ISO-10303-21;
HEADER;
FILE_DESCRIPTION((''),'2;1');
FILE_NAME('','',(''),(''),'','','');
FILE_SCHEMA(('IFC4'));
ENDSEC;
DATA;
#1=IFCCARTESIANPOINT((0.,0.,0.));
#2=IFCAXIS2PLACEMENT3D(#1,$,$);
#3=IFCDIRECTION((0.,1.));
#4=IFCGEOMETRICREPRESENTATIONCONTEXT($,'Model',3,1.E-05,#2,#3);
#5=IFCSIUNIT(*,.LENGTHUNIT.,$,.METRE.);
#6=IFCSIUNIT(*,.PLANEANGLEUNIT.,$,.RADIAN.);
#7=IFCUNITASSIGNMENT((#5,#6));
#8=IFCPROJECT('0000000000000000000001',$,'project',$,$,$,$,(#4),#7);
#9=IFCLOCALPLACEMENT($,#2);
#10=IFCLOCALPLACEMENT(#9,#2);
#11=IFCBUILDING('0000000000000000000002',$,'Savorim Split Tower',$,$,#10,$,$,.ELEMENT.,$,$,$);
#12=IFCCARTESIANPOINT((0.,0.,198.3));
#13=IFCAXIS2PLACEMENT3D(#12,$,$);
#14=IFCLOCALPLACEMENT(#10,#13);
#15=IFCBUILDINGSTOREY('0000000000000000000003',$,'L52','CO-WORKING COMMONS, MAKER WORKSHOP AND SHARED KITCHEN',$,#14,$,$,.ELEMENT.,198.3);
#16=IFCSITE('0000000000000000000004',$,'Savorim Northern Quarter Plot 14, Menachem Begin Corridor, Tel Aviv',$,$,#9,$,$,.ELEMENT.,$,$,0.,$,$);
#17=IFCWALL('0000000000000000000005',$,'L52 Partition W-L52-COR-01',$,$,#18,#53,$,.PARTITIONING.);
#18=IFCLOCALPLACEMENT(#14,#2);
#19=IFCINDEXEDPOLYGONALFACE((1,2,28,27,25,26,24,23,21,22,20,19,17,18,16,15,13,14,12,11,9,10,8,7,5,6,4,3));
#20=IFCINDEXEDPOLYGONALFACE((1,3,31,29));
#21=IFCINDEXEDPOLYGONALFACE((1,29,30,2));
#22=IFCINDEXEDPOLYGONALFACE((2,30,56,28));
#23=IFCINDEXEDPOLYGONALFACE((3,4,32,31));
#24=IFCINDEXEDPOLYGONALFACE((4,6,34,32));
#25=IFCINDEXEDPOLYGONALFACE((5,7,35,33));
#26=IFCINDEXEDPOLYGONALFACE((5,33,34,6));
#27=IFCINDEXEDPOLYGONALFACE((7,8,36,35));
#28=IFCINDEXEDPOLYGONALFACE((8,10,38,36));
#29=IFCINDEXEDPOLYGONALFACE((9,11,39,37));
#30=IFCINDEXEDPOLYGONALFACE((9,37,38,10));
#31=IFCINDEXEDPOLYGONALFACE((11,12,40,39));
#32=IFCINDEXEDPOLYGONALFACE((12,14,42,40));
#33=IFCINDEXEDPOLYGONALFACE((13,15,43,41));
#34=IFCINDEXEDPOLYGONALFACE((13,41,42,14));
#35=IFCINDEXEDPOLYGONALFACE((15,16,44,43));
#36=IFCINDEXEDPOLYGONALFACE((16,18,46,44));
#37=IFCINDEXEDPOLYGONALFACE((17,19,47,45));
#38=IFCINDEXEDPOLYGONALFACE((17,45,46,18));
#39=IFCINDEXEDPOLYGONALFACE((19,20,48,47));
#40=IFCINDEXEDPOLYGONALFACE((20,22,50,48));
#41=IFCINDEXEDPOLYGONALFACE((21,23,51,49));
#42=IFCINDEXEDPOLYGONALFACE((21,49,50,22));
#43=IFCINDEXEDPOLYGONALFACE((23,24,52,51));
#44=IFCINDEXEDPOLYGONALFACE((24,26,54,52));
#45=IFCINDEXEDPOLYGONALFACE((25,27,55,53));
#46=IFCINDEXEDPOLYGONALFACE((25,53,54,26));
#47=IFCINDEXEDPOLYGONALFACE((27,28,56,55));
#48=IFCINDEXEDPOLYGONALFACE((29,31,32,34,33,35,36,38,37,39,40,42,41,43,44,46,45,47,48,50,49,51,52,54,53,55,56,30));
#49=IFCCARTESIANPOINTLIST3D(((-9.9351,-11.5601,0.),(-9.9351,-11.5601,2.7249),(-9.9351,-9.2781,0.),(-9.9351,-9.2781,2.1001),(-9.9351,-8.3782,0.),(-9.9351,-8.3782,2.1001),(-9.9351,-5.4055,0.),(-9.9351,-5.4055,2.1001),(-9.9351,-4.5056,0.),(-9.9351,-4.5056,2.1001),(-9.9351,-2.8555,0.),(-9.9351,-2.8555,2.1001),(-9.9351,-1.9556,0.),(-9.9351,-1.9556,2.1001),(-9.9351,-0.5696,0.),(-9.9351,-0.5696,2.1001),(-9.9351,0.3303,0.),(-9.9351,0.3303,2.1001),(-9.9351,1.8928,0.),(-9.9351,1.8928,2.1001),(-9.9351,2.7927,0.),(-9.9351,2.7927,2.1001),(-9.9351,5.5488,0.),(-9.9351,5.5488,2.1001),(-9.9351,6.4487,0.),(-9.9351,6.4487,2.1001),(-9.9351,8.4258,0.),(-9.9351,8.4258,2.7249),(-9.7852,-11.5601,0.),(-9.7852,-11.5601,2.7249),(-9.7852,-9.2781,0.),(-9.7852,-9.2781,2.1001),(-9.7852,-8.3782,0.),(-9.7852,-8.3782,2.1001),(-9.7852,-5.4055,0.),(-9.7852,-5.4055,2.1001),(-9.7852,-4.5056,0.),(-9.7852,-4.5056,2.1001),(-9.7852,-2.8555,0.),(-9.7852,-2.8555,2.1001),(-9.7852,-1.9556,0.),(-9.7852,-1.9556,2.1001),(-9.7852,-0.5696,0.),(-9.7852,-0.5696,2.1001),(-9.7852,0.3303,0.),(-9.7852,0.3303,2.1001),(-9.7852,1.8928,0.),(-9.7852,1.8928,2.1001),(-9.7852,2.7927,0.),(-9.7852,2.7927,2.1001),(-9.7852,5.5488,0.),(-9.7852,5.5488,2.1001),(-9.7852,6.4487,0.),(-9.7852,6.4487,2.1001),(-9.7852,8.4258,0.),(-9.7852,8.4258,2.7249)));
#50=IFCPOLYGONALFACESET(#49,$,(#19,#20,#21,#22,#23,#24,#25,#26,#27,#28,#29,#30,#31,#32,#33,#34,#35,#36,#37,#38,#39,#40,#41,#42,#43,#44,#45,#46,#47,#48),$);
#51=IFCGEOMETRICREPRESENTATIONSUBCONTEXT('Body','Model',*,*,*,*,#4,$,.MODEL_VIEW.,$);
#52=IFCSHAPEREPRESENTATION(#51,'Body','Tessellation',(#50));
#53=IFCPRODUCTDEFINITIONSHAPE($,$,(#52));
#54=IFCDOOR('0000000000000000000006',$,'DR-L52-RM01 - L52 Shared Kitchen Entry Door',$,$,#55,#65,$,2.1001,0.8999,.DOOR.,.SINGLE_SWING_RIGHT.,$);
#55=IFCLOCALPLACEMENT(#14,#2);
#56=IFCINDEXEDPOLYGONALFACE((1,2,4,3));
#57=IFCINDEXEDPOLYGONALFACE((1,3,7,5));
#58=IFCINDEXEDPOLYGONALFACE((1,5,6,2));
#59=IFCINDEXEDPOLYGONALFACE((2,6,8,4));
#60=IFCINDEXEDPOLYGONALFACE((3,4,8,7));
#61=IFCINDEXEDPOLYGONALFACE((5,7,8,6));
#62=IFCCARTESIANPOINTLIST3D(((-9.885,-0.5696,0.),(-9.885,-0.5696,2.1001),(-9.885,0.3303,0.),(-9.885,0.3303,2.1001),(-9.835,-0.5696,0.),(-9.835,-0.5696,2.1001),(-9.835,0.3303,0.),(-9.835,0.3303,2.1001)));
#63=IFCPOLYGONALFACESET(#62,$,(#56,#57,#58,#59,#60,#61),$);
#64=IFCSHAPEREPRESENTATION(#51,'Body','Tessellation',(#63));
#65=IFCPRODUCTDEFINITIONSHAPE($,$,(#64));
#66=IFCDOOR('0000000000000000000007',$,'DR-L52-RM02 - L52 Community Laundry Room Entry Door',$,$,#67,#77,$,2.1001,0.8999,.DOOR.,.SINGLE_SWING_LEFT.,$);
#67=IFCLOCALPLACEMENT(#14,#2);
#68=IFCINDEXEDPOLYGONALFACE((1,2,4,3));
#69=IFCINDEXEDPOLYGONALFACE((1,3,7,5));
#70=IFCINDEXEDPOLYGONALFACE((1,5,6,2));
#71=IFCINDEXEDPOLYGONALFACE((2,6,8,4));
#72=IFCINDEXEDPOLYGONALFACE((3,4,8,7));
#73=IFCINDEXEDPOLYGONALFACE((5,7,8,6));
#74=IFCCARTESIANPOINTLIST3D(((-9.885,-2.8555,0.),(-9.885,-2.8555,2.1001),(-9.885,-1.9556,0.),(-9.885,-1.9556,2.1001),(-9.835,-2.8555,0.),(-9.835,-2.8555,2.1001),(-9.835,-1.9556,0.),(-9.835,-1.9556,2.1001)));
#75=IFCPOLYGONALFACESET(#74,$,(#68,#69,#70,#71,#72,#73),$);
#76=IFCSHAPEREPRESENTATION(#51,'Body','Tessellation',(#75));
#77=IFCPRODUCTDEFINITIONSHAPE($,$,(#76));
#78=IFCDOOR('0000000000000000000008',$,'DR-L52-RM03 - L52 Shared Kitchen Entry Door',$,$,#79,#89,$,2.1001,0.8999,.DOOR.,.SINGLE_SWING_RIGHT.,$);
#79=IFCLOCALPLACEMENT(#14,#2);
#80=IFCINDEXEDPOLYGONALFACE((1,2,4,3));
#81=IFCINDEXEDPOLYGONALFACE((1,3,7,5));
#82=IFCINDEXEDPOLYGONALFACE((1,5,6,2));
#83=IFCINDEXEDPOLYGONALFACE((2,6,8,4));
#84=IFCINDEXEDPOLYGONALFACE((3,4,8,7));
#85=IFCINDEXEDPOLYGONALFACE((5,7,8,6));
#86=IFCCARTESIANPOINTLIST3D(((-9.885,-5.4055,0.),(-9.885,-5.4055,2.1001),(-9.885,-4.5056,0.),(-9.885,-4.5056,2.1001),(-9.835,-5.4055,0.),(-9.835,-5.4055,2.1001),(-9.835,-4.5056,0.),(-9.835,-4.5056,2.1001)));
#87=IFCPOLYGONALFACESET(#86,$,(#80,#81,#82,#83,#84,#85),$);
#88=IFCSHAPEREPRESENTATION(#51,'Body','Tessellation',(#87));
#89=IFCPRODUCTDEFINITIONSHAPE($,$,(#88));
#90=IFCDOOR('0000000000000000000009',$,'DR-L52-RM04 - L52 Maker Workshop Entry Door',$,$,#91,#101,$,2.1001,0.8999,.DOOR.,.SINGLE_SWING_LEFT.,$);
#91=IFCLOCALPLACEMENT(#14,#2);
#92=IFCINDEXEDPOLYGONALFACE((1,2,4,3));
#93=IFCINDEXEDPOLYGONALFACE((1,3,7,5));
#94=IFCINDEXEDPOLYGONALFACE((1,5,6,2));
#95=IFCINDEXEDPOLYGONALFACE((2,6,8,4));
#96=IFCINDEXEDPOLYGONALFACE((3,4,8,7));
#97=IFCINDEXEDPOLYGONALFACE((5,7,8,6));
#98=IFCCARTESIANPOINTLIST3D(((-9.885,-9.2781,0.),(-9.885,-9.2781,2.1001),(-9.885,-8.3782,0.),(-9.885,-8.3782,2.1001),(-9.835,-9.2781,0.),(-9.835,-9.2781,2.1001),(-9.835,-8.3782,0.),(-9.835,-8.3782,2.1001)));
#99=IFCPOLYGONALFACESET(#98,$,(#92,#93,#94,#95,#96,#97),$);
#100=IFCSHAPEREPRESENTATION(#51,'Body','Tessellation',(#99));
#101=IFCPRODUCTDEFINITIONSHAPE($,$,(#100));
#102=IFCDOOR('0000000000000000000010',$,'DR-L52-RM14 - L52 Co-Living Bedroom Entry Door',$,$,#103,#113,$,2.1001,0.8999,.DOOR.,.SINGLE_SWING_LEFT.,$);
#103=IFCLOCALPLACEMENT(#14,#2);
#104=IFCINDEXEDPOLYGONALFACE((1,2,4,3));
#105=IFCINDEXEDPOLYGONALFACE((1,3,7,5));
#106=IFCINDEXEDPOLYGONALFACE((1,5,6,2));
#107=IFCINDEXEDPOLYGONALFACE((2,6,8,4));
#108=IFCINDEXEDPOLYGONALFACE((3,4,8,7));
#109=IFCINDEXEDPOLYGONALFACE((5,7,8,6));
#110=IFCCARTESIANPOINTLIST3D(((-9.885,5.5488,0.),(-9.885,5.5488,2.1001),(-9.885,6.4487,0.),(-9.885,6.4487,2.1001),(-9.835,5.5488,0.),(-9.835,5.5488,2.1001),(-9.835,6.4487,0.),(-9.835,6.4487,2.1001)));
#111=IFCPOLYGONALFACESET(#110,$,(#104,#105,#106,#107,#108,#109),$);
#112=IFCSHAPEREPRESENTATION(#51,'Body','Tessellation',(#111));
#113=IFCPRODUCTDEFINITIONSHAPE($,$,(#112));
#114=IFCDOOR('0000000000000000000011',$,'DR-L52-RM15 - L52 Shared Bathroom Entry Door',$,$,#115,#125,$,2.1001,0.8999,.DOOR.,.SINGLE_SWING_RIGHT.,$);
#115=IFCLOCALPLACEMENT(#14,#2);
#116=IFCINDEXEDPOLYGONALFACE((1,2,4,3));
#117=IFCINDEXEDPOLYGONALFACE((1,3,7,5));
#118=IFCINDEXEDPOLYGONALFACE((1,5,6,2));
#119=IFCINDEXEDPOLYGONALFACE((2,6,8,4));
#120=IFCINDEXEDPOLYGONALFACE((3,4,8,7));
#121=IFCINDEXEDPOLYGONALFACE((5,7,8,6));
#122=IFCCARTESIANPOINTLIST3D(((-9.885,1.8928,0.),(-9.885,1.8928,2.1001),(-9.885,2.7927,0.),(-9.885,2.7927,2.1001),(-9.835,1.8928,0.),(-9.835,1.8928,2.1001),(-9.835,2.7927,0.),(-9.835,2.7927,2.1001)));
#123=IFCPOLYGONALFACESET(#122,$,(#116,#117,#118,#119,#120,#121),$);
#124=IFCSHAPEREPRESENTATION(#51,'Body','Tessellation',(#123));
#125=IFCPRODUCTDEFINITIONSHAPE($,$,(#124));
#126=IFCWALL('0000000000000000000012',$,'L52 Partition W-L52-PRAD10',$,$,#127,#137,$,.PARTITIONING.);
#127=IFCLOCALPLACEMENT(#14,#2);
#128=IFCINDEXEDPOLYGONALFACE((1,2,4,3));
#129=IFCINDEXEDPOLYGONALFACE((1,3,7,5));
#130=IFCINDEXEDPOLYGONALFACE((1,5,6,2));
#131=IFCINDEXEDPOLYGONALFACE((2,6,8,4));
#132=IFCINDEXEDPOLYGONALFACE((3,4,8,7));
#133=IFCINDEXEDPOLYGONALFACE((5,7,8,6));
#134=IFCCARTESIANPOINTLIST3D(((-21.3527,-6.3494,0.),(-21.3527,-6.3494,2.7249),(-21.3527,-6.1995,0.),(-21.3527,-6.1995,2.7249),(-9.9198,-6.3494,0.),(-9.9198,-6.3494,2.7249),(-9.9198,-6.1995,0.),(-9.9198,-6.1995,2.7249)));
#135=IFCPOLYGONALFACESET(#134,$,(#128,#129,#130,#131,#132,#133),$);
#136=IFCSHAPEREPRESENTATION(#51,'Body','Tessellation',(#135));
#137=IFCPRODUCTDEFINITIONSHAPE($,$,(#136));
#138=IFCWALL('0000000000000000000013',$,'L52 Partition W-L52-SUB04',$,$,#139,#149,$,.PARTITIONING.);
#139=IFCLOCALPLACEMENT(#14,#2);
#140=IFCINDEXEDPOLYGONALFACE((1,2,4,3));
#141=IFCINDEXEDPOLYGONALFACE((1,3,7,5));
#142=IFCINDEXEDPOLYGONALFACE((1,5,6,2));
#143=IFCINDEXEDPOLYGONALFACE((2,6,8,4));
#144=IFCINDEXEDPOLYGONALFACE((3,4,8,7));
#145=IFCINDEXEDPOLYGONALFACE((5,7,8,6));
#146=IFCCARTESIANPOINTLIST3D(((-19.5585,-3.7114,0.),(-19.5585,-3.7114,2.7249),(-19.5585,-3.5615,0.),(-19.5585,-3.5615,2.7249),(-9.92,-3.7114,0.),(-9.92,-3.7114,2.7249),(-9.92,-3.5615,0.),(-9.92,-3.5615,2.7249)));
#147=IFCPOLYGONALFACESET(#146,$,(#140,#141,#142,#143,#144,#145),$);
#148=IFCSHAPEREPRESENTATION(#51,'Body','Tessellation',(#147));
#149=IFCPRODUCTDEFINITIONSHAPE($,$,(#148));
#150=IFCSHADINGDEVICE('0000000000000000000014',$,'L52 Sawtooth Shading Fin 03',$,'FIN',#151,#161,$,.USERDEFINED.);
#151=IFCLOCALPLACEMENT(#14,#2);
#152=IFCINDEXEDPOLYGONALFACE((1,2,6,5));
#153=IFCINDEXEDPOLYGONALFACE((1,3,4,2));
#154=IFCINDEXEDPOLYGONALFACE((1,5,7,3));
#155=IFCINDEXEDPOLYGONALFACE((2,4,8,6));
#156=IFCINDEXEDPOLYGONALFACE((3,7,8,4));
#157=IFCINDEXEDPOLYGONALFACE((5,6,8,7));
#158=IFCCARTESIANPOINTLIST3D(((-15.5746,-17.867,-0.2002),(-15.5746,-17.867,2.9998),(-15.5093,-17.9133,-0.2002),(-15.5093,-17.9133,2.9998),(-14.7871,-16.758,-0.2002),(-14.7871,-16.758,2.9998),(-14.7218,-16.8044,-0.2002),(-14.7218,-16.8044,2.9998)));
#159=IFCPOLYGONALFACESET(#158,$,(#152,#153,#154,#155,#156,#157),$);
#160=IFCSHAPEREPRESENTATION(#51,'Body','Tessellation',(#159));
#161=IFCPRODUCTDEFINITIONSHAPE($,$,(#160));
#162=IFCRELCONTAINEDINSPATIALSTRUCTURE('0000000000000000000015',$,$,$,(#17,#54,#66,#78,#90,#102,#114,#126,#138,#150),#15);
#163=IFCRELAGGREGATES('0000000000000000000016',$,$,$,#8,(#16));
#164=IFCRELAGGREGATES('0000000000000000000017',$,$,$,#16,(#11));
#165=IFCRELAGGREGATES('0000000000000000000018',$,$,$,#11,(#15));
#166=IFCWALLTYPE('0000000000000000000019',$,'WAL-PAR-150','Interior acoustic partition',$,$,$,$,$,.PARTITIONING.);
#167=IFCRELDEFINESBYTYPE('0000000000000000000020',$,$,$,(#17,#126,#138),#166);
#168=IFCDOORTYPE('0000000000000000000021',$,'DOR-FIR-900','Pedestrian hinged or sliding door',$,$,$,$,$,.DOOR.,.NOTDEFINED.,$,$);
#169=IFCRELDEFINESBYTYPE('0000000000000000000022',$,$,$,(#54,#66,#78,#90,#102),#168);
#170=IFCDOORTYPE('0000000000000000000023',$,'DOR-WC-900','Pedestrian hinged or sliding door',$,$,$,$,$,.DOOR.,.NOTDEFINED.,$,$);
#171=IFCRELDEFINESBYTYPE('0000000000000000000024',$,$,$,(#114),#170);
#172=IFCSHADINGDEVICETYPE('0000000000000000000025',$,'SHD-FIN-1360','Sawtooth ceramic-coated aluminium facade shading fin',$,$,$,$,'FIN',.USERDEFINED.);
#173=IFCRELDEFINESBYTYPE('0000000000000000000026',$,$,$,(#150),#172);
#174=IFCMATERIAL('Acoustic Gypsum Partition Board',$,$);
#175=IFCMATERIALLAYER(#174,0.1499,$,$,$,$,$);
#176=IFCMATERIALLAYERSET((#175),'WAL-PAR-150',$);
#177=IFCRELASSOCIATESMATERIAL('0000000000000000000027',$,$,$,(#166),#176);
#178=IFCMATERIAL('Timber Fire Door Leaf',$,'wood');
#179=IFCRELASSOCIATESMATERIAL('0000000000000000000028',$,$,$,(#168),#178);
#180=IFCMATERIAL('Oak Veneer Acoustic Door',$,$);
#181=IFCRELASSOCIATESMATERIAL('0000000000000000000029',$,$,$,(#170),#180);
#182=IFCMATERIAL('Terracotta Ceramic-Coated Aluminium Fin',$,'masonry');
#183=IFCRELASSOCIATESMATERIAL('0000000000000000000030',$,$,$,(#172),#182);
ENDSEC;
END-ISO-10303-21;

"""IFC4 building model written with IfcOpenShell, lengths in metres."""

from ifc_helpers import new_model, si_unit, direction, frame, frame_2d, origin, origin_2d, place, context, subcontext, project, spatial, rectangle, extrude, material, layer, layer_set, type_object, element, fill, save


model = new_model("IFC4")

# Units and contexts
model_context = context("Model", 3, precision=1e-05, world=origin(), true_north=direction((0.0, 1.0)))
body_context = subcontext(model_context, "Body", "Model", "MODEL_VIEW")
ifc_project = project(units=[si_unit("LENGTHUNIT", "METRE"), si_unit("PLANEANGLEUNIT", "RADIAN")], contexts=[model_context])

# Site, building, storey
site_placement = place(None, origin())
site = spatial("IfcSite", under=ifc_project, at=site_placement, Name="Savorim Northern Quarter Plot 14, Menachem Begin Corridor, Tel Aviv", CompositionType="ELEMENT", RefElevation=0.0)
building_placement = place(site_placement, origin())
building = spatial("IfcBuilding", under=site, at=building_placement, Name="Savorim Split Tower", CompositionType="ELEMENT")
storey_placement = place(building_placement, frame((0.0, 0.0, 198.3)))
storey = spatial("IfcBuildingStorey", under=building, at=storey_placement, Name="L52", Description="CO-WORKING COMMONS, MAKER WORKSHOP AND SHARED KITCHEN", CompositionType="ELEMENT", Elevation=198.3)

# Wall, openings, doors
ifc_material_1 = material(Name="Acoustic Gypsum Partition Board")
ifc_layer_1 = layer(ifc_material_1, 0.1499)
ifc_layer_set_1 = layer_set([ifc_layer_1], Name="WAL-PAR-150")
wall_type = type_object("IfcWallType", Name="WAL-PAR-150", Description="Interior acoustic partition", PredefinedType="PARTITIONING", material=ifc_layer_set_1)
wall_1_placement = place(storey_placement, frame((-9.8601, -11.5601, 0.0), z_axis=(0.0, 0.0, 1.0), x_axis=(0.0, 1.0, 0.0)))
wall_1 = element("IfcWall", 1, at=wall_1_placement, inside=storey, type_object=wall_type, Name="L52 Partition W-L52-COR-01", PredefinedType="PARTITIONING", context=body_context, shape_type="SweptSolid", body=[
    extrude(rectangle(XDim=19.9858, YDim=0.1499, at=frame_2d((9.9929, 0.0))), origin(), (0.0, 0.0, 1.0), 2.7249),
])
opening_1_placement = place(wall_1_placement, frame((10.9905, 0.0, 0.0)))
opening_1 = element("IfcOpeningElement", 2, at=opening_1_placement, cuts=wall_1, PredefinedType="OPENING", context=body_context, shape_type="SweptSolid", body=[
    extrude(rectangle(XDim=0.8999, YDim=2.1001, at=frame_2d((0.45, 1.05))), frame((0.0, 0.085, 0.0), z_axis=(0.0, -1.0, 0.0), x_axis=(1.0, 0.0, 0.0)), (0.0, 0.0, 1.0), 0.1699),
])
opening_2_placement = place(wall_1_placement, frame((8.7046, 0.0, 0.0)))
opening_2 = element("IfcOpeningElement", 3, at=opening_2_placement, cuts=wall_1, PredefinedType="OPENING", context=body_context, shape_type="SweptSolid", body=[
    extrude(rectangle(XDim=0.8999, YDim=2.1001, at=frame_2d((0.45, 1.05))), frame((0.0, 0.085, 0.0), z_axis=(0.0, -1.0, 0.0), x_axis=(1.0, 0.0, 0.0)), (0.0, 0.0, 1.0), 0.1699),
])
opening_3_placement = place(wall_1_placement, frame((6.1545, 0.0, 0.0)))
opening_3 = element("IfcOpeningElement", 4, at=opening_3_placement, cuts=wall_1, PredefinedType="OPENING", context=body_context, shape_type="SweptSolid", body=[
    extrude(rectangle(XDim=0.8999, YDim=2.1001, at=frame_2d((0.45, 1.05))), frame((0.0, 0.085, 0.0), z_axis=(0.0, -1.0, 0.0), x_axis=(1.0, 0.0, 0.0)), (0.0, 0.0, 1.0), 0.1699),
])
opening_4_placement = place(wall_1_placement, frame((2.282, 0.0, 0.0)))
opening_4 = element("IfcOpeningElement", 5, at=opening_4_placement, cuts=wall_1, PredefinedType="OPENING", context=body_context, shape_type="SweptSolid", body=[
    extrude(rectangle(XDim=0.8999, YDim=2.1001, at=frame_2d((0.45, 1.05))), frame((0.0, 0.085, 0.0), z_axis=(0.0, -1.0, 0.0), x_axis=(1.0, 0.0, 0.0)), (0.0, 0.0, 1.0), 0.1699),
])
opening_5_placement = place(wall_1_placement, frame((17.1089, 0.0, 0.0)))
opening_5 = element("IfcOpeningElement", 6, at=opening_5_placement, cuts=wall_1, PredefinedType="OPENING", context=body_context, shape_type="SweptSolid", body=[
    extrude(rectangle(XDim=0.8999, YDim=2.1001, at=frame_2d((0.45, 1.05))), frame((0.0, 0.085, 0.0), z_axis=(0.0, -1.0, 0.0), x_axis=(1.0, 0.0, 0.0)), (0.0, 0.0, 1.0), 0.1699),
])
opening_6_placement = place(wall_1_placement, frame((13.4529, 0.0, 0.0)))
opening_6 = element("IfcOpeningElement", 7, at=opening_6_placement, cuts=wall_1, PredefinedType="OPENING", context=body_context, shape_type="SweptSolid", body=[
    extrude(rectangle(XDim=0.8999, YDim=2.1001, at=frame_2d((0.45, 1.05))), frame((0.0, 0.085, 0.0), z_axis=(0.0, -1.0, 0.0), x_axis=(1.0, 0.0, 0.0)), (0.0, 0.0, 1.0), 0.1699),
])
ifc_material_2 = material(Name="Timber Fire Door Leaf", Category="wood")
door_type_1 = type_object("IfcDoorType", Name="DOR-FIR-900", Description="Pedestrian hinged or sliding door", OperationType="NOTDEFINED", PredefinedType="DOOR", material=ifc_material_2)
door_1_placement = place(opening_1_placement, origin())
door_1 = element("IfcDoor", 8, at=door_1_placement, inside=storey, type_object=door_type_1, Name="DR-L52-RM01 - L52 Shared Kitchen Entry Door", OperationType="SINGLE_SWING_RIGHT", OverallHeight=2.1001, OverallWidth=0.8999, PredefinedType="DOOR", context=body_context, shape_type="SweptSolid", body=[
    extrude(rectangle(XDim=0.8999, YDim=2.1001, at=frame_2d((0.45, 1.05))), frame((0.0, 0.0249, 0.0), z_axis=(0.0, -1.0, 0.0), x_axis=(1.0, 0.0, 0.0)), (0.0, 0.0, 1.0), 0.05),
])
fill(opening_1, door_1)
door_2_placement = place(opening_2_placement, origin())
door_2 = element("IfcDoor", 9, at=door_2_placement, inside=storey, type_object=door_type_1, Name="DR-L52-RM02 - L52 Community Laundry Room Entry Door", OperationType="SINGLE_SWING_LEFT", OverallHeight=2.1001, OverallWidth=0.8999, PredefinedType="DOOR", context=body_context, shape_type="SweptSolid", body=[
    extrude(rectangle(XDim=0.8999, YDim=2.1001, at=frame_2d((0.45, 1.05))), frame((0.0, 0.0249, 0.0), z_axis=(0.0, -1.0, 0.0), x_axis=(1.0, 0.0, 0.0)), (0.0, 0.0, 1.0), 0.05),
])
fill(opening_2, door_2)
door_3_placement = place(opening_3_placement, origin())
door_3 = element("IfcDoor", 10, at=door_3_placement, inside=storey, type_object=door_type_1, Name="DR-L52-RM03 - L52 Shared Kitchen Entry Door", OperationType="SINGLE_SWING_RIGHT", OverallHeight=2.1001, OverallWidth=0.8999, PredefinedType="DOOR", context=body_context, shape_type="SweptSolid", body=[
    extrude(rectangle(XDim=0.8999, YDim=2.1001, at=frame_2d((0.45, 1.05))), frame((0.0, 0.0249, 0.0), z_axis=(0.0, -1.0, 0.0), x_axis=(1.0, 0.0, 0.0)), (0.0, 0.0, 1.0), 0.05),
])
fill(opening_3, door_3)
door_4_placement = place(opening_4_placement, origin())
door_4 = element("IfcDoor", 11, at=door_4_placement, inside=storey, type_object=door_type_1, Name="DR-L52-RM04 - L52 Maker Workshop Entry Door", OperationType="SINGLE_SWING_LEFT", OverallHeight=2.1001, OverallWidth=0.8999, PredefinedType="DOOR", context=body_context, shape_type="SweptSolid", body=[
    extrude(rectangle(XDim=0.8999, YDim=2.1001, at=frame_2d((0.45, 1.05))), frame((0.0, 0.0249, 0.0), z_axis=(0.0, -1.0, 0.0), x_axis=(1.0, 0.0, 0.0)), (0.0, 0.0, 1.0), 0.05),
])
fill(opening_4, door_4)
door_5_placement = place(opening_5_placement, origin())
door_5 = element("IfcDoor", 12, at=door_5_placement, inside=storey, type_object=door_type_1, Name="DR-L52-RM14 - L52 Co-Living Bedroom Entry Door", OperationType="SINGLE_SWING_LEFT", OverallHeight=2.1001, OverallWidth=0.8999, PredefinedType="DOOR", context=body_context, shape_type="SweptSolid", body=[
    extrude(rectangle(XDim=0.8999, YDim=2.1001, at=frame_2d((0.45, 1.05))), frame((0.0, 0.0249, 0.0), z_axis=(0.0, -1.0, 0.0), x_axis=(1.0, 0.0, 0.0)), (0.0, 0.0, 1.0), 0.05),
])
fill(opening_5, door_5)
ifc_material_3 = material(Name="Oak Veneer Acoustic Door")
door_type_2 = type_object("IfcDoorType", Name="DOR-WC-900", Description="Pedestrian hinged or sliding door", OperationType="NOTDEFINED", PredefinedType="DOOR", material=ifc_material_3)
door_6_placement = place(opening_6_placement, origin())
door_6 = element("IfcDoor", 13, at=door_6_placement, inside=storey, type_object=door_type_2, Name="DR-L52-RM15 - L52 Shared Bathroom Entry Door", OperationType="SINGLE_SWING_RIGHT", OverallHeight=2.1001, OverallWidth=0.8999, PredefinedType="DOOR", context=body_context, shape_type="SweptSolid", body=[
    extrude(rectangle(XDim=0.8999, YDim=2.1001, at=frame_2d((0.45, 1.05))), frame((0.0, 0.0249, 0.0), z_axis=(0.0, -1.0, 0.0), x_axis=(1.0, 0.0, 0.0)), (0.0, 0.0, 1.0), 0.05),
])
fill(opening_6, door_6)

# Walls
wall_2_placement = place(storey_placement, frame((-9.9199, -6.2744, 0.0), z_axis=(0.0, 0.0, 1.0), x_axis=(-1.0, 0.0, 0.0)))
element("IfcWall", 14, at=wall_2_placement, inside=storey, type_object=wall_type, Name="L52 Partition W-L52-PRAD10", PredefinedType="PARTITIONING", context=body_context, shape_type="SweptSolid", body=[
    extrude(rectangle(XDim=11.4329, YDim=0.1499, at=frame_2d((5.7163, 0.0))), origin(), (0.0, 0.0, 1.0), 2.7249),
])
wall_3_placement = place(storey_placement, frame((-9.9199, -3.6365, 0.0), z_axis=(0.0, 0.0, 1.0), x_axis=(-1.0, 0.0, 0.0)))
element("IfcWall", 15, at=wall_3_placement, inside=storey, type_object=wall_type, Name="L52 Partition W-L52-SUB04", PredefinedType="PARTITIONING", context=body_context, shape_type="SweptSolid", body=[
    extrude(rectangle(XDim=9.6384, YDim=0.1499, at=frame_2d((4.8193, 0.0))), origin(), (0.0, 0.0, 1.0), 2.7249),
])

# Shading device
ifc_material_4 = material(Name="Terracotta Ceramic-Coated Aluminium Fin", Category="masonry")
shading_device_type = type_object("IfcShadingDeviceType", Name="SHD-FIN-1360", Description="Sawtooth ceramic-coated aluminium facade shading fin", ElementType="FIN", PredefinedType="USERDEFINED", material=ifc_material_4)
for number, where, z_axis, x_axis, name in (
    (16, (-15.1482, -17.3357, -0.2002), (0.0, 0.0, 1.0), (-0.578994, -0.815332, 0.0), "L52 Sawtooth Shading Fin 03"),
):
    element("IfcShadingDevice", number, at=place(storey_placement, frame(where, z_axis=z_axis, x_axis=x_axis)), inside=storey, type_object=shading_device_type, Name=name, ObjectType="FIN", PredefinedType="USERDEFINED", context=body_context, shape_type="SweptSolid", body=[
        extrude(rectangle(XDim=1.3601, YDim=0.0801, at=origin_2d()), origin(), (0.0, 0.0, 1.0), 3.2),
    ])

save(model, "model.ifc")
